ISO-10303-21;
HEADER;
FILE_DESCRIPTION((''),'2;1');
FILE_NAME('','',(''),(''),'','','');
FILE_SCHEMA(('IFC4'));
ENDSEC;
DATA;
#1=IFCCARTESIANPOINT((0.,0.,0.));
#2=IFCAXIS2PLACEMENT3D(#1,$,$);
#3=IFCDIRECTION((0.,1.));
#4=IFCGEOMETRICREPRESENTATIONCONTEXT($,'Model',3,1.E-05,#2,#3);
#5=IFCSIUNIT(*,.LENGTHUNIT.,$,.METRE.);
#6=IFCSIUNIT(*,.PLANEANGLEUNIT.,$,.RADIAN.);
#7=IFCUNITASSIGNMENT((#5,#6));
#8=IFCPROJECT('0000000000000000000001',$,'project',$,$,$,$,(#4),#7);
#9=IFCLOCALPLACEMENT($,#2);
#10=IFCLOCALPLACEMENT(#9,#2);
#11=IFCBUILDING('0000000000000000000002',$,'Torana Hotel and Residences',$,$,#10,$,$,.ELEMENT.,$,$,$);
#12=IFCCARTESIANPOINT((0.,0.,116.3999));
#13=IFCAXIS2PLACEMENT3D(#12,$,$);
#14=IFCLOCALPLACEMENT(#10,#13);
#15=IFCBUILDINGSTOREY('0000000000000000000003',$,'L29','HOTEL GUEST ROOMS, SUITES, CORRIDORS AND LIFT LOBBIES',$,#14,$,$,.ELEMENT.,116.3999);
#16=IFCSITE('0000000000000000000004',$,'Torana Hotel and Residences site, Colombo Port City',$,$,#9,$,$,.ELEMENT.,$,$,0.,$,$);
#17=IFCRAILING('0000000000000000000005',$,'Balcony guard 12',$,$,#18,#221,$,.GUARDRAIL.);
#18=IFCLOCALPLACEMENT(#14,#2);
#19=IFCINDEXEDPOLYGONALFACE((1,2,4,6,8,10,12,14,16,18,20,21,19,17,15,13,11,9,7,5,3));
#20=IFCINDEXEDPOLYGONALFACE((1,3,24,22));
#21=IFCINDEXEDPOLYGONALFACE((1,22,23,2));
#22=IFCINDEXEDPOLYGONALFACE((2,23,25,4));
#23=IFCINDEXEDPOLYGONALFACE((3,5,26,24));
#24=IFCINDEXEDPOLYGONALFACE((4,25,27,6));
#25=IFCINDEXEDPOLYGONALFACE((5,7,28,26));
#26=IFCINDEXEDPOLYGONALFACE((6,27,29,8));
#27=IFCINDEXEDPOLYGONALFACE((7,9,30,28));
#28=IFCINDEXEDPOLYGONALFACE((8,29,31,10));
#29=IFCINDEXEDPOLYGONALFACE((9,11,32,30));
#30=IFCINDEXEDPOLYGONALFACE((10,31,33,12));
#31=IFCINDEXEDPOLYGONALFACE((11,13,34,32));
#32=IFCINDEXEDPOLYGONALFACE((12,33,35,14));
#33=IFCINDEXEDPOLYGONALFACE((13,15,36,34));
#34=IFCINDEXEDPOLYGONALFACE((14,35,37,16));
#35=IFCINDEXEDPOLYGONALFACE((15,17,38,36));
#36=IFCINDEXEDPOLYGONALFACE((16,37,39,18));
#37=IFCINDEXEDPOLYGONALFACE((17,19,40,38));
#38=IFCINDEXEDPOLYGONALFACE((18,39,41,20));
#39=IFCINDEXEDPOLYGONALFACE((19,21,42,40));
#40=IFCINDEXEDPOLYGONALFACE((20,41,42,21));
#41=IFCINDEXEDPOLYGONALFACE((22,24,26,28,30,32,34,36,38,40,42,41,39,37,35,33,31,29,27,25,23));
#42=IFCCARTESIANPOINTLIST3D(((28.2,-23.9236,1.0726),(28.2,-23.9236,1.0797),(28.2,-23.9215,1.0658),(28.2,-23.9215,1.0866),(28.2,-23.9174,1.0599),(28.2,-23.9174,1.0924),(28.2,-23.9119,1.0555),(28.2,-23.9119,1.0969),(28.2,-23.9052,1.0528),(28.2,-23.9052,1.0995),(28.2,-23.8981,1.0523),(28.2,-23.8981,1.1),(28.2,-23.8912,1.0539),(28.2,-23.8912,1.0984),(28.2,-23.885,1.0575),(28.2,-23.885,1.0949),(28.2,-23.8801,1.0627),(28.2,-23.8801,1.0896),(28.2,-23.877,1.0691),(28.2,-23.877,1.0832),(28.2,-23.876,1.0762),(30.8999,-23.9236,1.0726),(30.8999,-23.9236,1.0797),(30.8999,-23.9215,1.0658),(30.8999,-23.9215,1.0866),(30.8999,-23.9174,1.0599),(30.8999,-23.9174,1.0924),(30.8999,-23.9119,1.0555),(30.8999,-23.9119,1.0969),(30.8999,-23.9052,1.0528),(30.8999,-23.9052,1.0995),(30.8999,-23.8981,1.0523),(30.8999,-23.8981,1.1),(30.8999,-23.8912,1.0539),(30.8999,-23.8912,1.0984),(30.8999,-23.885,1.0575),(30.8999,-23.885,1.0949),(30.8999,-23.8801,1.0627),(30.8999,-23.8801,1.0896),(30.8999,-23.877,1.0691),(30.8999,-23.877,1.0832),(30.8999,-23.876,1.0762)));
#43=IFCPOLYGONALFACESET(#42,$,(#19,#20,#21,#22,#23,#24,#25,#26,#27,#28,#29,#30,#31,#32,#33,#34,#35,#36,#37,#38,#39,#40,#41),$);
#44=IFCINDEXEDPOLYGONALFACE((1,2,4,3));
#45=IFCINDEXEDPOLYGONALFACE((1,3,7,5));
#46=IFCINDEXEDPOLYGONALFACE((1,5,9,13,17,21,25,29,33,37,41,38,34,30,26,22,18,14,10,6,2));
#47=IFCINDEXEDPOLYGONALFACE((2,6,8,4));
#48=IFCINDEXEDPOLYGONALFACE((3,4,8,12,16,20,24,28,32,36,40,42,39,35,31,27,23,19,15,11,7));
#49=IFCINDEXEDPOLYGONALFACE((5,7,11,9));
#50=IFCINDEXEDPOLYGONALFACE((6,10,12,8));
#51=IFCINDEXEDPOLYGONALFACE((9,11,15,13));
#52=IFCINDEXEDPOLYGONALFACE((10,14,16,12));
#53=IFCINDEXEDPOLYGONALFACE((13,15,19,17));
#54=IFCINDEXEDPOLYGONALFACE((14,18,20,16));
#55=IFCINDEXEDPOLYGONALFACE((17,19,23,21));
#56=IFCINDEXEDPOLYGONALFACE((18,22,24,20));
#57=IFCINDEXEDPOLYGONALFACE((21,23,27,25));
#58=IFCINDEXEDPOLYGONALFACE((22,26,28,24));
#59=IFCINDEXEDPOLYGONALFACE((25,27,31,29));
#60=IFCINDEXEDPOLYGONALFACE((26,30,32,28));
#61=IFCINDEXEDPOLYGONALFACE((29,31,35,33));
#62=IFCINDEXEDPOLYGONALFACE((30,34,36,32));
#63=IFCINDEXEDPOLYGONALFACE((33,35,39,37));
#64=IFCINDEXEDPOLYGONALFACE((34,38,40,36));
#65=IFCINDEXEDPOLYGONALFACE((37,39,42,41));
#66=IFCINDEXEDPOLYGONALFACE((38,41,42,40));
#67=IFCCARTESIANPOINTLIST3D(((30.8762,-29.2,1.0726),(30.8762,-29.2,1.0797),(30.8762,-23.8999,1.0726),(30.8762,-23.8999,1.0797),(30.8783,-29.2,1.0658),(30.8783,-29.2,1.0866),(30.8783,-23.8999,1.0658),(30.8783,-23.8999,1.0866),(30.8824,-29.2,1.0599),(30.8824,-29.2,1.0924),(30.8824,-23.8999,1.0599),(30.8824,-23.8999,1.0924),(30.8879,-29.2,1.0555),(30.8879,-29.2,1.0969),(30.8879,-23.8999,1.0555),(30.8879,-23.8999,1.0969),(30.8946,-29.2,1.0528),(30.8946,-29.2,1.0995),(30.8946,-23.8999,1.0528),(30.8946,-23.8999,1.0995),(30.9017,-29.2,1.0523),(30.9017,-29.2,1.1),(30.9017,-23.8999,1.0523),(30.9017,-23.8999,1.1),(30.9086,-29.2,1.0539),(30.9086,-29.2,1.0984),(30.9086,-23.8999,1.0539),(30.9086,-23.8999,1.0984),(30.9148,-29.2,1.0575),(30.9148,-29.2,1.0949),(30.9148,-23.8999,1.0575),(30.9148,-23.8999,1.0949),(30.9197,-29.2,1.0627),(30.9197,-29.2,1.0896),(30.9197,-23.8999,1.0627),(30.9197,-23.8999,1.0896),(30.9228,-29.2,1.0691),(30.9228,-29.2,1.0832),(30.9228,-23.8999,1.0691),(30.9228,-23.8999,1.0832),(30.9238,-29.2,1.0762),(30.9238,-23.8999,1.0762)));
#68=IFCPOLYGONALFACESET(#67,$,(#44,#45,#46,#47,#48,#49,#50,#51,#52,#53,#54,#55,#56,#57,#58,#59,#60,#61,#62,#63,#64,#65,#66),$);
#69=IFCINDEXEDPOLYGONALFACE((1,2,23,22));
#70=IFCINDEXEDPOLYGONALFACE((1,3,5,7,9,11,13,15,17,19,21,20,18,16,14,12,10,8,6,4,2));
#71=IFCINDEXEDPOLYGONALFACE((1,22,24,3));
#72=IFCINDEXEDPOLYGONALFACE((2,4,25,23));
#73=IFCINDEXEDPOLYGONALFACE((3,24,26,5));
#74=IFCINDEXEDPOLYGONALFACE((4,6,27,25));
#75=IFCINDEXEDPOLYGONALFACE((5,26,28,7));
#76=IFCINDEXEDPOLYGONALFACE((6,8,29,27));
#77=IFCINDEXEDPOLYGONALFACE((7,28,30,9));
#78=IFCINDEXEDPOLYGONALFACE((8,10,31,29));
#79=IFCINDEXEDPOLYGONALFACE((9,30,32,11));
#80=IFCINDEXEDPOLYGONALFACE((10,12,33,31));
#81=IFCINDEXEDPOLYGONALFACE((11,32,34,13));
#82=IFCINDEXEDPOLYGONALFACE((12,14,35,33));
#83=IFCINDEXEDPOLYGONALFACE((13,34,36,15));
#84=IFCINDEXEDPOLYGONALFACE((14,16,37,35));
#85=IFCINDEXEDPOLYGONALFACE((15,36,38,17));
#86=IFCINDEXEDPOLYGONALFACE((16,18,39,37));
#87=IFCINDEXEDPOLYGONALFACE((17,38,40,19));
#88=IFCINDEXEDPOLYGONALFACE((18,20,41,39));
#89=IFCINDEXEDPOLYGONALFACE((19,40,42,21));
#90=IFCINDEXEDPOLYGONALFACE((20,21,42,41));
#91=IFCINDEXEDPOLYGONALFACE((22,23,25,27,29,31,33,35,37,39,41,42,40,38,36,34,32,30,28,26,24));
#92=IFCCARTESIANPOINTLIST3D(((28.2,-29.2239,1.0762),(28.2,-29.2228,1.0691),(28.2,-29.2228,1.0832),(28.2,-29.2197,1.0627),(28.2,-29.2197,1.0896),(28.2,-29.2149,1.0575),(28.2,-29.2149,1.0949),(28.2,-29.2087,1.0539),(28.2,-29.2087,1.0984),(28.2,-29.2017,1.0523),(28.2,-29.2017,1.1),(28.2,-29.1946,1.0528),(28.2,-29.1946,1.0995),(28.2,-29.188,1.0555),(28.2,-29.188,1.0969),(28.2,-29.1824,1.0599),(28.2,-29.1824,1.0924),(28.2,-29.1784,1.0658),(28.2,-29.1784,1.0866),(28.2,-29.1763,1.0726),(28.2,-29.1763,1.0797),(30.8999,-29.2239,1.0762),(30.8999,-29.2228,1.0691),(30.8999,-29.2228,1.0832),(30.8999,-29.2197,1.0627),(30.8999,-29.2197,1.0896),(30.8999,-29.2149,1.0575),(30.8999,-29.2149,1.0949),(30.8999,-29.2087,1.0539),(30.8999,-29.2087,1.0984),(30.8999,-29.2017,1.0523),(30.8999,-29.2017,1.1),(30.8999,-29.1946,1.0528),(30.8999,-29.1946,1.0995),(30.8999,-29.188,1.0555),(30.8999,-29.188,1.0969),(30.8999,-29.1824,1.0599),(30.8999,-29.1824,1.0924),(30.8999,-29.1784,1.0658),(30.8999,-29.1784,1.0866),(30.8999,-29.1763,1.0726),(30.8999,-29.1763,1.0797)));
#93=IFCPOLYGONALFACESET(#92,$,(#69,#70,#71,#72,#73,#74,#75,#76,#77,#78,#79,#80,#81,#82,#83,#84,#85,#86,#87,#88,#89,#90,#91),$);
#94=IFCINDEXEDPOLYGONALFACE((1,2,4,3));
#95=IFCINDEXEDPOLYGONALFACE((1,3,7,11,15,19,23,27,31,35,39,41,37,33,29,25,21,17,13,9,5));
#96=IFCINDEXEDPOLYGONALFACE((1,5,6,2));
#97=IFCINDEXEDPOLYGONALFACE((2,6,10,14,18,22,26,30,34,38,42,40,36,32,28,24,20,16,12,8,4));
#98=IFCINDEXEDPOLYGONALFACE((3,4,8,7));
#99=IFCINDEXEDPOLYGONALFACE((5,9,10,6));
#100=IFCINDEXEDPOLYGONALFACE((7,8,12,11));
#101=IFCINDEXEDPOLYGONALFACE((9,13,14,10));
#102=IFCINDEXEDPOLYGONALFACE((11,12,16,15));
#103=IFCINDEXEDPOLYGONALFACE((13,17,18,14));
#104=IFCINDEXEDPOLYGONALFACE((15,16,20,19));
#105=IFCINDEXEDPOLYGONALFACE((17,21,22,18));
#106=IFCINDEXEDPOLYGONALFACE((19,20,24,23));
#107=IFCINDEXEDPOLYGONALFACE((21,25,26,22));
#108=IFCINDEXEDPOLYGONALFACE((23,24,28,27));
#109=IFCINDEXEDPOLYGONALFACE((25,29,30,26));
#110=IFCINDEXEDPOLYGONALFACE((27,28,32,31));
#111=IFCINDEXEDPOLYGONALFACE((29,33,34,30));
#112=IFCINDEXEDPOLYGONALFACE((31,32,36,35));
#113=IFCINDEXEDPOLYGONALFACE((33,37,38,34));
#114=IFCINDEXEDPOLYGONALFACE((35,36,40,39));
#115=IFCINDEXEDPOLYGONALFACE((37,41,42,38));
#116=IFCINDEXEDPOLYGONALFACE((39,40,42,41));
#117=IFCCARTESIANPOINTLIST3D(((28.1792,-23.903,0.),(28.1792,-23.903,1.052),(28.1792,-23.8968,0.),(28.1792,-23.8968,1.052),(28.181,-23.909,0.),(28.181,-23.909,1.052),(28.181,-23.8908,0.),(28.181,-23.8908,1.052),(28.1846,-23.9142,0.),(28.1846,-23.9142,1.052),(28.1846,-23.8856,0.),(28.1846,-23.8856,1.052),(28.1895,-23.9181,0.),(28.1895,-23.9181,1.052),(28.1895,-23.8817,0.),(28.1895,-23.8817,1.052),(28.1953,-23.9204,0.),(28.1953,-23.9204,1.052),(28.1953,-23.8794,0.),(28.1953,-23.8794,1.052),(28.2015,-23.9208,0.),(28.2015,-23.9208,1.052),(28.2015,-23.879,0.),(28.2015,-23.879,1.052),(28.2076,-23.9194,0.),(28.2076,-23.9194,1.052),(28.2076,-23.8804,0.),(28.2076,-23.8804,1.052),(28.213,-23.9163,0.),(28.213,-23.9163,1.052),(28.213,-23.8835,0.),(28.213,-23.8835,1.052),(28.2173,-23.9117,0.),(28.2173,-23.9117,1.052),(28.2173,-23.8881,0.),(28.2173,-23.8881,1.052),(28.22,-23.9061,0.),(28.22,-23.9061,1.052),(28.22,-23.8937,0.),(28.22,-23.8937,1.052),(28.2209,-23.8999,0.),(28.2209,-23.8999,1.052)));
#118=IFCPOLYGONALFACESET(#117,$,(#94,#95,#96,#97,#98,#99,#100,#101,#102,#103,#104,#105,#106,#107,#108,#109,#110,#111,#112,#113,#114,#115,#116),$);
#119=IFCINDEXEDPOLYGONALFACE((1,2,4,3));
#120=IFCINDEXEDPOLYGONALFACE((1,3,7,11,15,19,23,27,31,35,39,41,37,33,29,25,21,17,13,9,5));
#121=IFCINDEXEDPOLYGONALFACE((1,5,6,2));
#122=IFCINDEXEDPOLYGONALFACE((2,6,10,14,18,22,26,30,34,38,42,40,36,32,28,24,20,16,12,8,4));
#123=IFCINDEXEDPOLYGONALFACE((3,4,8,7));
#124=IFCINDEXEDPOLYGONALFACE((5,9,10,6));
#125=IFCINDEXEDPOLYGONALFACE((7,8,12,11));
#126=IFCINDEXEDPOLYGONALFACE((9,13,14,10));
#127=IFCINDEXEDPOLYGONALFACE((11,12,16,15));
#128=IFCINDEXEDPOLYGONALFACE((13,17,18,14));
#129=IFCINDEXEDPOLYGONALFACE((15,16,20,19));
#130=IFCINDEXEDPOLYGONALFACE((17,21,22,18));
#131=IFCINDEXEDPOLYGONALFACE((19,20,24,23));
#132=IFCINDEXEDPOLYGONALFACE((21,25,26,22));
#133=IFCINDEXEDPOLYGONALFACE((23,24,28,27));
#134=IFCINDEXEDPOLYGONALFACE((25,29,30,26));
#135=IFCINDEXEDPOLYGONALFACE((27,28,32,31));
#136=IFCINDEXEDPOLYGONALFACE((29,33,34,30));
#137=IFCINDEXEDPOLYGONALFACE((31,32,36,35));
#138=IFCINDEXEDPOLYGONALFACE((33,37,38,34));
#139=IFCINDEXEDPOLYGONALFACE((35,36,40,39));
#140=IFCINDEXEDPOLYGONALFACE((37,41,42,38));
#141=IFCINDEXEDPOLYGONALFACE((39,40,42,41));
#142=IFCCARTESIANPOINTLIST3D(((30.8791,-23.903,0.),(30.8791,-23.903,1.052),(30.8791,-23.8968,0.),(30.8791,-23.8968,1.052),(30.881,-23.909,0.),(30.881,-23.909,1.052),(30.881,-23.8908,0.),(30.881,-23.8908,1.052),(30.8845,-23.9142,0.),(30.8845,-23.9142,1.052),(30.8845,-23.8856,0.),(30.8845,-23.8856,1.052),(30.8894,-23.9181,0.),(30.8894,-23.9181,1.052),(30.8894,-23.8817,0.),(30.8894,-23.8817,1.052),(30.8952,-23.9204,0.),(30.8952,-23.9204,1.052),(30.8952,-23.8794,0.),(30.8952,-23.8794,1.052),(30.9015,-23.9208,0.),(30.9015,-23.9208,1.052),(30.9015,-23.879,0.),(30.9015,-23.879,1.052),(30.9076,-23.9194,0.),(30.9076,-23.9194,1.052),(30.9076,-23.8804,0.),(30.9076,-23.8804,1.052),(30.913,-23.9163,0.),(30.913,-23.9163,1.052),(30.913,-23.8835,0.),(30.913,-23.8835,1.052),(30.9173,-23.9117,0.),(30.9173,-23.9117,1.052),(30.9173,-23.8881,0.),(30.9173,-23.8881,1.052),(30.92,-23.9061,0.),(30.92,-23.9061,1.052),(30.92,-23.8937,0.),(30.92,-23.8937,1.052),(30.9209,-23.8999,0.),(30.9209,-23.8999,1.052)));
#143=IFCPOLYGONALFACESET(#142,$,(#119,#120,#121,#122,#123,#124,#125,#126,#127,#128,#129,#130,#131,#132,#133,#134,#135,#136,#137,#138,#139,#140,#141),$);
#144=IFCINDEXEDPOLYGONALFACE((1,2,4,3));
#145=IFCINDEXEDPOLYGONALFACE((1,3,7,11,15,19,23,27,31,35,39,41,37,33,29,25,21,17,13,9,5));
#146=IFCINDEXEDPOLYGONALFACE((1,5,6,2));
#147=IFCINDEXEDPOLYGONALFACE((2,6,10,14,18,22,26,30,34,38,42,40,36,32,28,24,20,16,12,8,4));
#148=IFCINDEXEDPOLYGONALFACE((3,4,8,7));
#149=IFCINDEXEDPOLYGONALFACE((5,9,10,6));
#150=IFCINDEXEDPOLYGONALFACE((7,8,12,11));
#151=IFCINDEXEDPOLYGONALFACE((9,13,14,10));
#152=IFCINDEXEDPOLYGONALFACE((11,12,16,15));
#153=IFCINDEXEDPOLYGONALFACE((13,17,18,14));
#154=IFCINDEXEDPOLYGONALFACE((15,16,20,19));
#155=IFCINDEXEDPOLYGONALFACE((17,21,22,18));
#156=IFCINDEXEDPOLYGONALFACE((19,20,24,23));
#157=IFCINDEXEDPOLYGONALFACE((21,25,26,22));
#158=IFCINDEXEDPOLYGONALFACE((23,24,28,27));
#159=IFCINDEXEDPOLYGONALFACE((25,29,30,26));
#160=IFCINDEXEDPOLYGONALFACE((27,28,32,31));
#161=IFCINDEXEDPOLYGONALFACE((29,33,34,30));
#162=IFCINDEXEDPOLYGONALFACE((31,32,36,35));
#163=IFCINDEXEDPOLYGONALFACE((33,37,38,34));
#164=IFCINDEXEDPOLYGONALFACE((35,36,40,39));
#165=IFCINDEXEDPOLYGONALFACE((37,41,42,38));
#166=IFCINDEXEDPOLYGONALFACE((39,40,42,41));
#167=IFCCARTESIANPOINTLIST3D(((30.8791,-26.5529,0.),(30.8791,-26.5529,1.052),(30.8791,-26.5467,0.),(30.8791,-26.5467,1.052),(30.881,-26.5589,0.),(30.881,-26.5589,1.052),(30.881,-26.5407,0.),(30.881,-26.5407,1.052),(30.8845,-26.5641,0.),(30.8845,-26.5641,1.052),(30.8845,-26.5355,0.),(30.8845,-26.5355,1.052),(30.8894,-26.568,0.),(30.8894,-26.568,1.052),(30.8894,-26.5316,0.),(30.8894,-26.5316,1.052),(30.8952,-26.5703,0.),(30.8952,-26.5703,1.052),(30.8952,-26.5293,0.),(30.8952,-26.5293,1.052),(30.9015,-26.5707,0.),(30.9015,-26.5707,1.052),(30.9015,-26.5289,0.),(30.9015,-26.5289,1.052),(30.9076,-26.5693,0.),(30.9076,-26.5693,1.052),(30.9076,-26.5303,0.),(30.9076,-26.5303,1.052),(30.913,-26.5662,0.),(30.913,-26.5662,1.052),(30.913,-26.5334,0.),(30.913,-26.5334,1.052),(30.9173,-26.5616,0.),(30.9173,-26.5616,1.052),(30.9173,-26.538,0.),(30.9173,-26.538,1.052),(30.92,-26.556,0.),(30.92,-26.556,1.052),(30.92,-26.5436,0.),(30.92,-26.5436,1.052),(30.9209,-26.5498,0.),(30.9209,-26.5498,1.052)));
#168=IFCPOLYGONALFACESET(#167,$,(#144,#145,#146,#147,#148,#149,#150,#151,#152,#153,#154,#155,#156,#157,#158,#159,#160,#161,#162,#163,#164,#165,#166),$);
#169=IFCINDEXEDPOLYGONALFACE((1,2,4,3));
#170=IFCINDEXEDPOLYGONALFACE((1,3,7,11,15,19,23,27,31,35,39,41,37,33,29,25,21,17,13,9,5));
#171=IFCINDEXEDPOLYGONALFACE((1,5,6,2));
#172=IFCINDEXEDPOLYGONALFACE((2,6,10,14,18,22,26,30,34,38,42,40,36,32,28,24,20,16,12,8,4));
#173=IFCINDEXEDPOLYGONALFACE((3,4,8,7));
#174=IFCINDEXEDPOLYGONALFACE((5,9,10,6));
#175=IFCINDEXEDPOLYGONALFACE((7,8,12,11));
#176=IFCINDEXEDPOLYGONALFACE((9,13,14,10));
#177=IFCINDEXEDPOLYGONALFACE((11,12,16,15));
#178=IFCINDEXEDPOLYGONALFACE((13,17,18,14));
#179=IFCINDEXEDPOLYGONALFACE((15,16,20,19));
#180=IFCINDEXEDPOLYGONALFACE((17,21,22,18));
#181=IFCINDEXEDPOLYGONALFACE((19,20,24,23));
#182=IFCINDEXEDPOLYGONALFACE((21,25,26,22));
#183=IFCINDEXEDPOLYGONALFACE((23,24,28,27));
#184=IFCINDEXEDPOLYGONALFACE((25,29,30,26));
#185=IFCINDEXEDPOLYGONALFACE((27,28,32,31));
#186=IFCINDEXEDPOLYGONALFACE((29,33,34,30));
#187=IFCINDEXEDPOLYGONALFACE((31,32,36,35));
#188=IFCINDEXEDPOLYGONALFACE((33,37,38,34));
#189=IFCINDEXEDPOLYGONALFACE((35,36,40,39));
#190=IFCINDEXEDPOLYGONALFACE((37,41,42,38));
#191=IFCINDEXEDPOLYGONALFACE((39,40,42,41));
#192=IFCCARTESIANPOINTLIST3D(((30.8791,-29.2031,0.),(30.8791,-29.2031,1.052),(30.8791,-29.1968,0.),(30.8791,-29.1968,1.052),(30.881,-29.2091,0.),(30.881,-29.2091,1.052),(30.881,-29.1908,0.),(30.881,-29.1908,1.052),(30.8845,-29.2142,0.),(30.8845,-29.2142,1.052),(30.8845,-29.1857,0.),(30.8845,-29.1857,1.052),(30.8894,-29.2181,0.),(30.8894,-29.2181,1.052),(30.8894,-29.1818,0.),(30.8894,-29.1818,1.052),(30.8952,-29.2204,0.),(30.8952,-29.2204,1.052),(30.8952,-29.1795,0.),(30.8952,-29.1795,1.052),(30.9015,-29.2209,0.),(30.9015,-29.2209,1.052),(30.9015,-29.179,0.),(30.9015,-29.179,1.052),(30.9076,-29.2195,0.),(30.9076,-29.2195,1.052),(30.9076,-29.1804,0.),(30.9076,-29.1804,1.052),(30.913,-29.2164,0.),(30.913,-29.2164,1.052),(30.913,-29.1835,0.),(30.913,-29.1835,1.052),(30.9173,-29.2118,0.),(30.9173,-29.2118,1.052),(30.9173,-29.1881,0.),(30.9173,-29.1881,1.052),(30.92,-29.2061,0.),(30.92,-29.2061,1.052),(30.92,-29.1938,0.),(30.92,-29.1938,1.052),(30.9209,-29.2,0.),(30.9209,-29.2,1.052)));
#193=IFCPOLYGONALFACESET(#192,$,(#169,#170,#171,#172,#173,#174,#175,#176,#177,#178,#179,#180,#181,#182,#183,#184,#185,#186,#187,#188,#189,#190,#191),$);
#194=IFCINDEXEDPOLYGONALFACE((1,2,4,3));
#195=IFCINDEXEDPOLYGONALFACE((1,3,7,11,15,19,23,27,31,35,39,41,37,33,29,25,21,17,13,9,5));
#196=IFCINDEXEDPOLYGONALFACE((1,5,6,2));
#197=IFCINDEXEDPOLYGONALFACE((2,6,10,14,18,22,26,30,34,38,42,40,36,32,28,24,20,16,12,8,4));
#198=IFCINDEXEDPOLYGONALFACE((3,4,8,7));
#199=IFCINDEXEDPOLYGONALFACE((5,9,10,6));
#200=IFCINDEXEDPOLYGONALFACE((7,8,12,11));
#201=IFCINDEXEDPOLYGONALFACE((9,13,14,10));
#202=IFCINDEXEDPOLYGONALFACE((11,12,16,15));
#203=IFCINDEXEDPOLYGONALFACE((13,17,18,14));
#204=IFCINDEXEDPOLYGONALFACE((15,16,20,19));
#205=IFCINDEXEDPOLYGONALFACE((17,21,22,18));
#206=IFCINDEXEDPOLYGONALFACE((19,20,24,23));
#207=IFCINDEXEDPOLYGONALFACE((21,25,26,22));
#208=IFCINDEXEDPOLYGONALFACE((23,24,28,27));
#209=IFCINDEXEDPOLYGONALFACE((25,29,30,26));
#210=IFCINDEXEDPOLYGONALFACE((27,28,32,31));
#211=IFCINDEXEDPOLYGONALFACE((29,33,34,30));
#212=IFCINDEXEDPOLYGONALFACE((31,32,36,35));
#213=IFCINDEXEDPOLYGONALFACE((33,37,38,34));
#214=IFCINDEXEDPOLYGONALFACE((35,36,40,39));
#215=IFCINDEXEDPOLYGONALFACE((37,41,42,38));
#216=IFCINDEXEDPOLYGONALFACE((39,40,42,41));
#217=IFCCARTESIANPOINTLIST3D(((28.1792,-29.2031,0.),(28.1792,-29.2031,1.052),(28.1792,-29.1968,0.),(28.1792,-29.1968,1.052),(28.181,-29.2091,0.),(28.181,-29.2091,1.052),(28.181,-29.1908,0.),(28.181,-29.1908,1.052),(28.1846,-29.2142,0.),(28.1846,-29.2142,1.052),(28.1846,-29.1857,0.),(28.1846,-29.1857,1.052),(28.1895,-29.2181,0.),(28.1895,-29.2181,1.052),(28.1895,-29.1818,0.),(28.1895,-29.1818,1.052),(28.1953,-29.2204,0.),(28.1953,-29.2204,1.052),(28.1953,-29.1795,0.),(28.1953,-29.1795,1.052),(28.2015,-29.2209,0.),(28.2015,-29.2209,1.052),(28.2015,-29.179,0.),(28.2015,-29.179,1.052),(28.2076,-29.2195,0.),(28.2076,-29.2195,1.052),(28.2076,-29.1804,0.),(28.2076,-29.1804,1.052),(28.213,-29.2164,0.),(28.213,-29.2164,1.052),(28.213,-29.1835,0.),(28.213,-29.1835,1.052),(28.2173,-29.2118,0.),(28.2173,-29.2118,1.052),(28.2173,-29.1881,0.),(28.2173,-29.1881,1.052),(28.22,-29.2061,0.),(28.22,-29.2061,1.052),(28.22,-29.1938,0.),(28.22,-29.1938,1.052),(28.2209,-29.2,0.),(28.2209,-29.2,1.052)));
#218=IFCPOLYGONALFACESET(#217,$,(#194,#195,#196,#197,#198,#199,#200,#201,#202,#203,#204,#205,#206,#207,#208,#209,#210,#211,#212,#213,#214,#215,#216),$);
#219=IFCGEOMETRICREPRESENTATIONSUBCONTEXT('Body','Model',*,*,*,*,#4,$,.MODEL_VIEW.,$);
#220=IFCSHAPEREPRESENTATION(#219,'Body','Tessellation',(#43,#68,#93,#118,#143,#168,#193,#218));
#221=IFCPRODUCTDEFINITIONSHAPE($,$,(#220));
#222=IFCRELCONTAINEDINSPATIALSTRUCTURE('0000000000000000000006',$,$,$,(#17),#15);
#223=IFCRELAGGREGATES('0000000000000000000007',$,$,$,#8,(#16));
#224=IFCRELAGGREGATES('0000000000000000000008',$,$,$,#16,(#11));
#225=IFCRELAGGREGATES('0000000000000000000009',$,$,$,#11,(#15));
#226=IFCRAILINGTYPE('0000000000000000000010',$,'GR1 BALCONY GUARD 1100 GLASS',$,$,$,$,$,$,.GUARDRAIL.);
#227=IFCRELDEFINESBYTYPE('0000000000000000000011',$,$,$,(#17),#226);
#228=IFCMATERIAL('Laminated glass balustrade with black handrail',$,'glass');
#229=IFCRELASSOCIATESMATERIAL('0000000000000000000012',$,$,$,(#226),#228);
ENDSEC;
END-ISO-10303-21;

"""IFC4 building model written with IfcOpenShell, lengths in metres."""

from ifc_helpers import new_model, si_unit, direction, frame, origin, origin_2d, place, context, subcontext, project, spatial, circle, extrude, material, type_object, element, save


model = new_model("IFC4")

# Units and contexts
model_context = context("Model", 3, precision=1e-05, world=origin(), true_north=direction((0.0, 1.0)))
body_context = subcontext(model_context, "Body", "Model", "MODEL_VIEW")
ifc_project = project(units=[si_unit("LENGTHUNIT", "METRE"), si_unit("PLANEANGLEUNIT", "RADIAN")], contexts=[model_context])

# Site, building, storey
site_placement = place(None, origin())
site = spatial("IfcSite", under=ifc_project, at=site_placement, Name="Torana Hotel and Residences site, Colombo Port City", CompositionType="ELEMENT", RefElevation=0.0)
building_placement = place(site_placement, origin())
building = spatial("IfcBuilding", under=site, at=building_placement, Name="Torana Hotel and Residences", CompositionType="ELEMENT")
storey_placement = place(building_placement, frame((0.0, 0.0, 116.3999)))
storey = spatial("IfcBuildingStorey", under=building, at=storey_placement, Name="L29", Description="HOTEL GUEST ROOMS, SUITES, CORRIDORS AND LIFT LOBBIES", CompositionType="ELEMENT", Elevation=116.3999)

# Railing
ifc_material_1 = material(Name="Laminated glass balustrade with black handrail", Category="glass")
railing_type = type_object("IfcRailingType", Name="GR1 BALCONY GUARD 1100 GLASS", PredefinedType="GUARDRAIL", material=ifc_material_1)
railing_1_placement = place(storey_placement, frame((28.2, -23.8999, 0.0)))
element("IfcRailing", 1, at=railing_1_placement, inside=storey, type_object=railing_type, Name="Balcony guard 12", PredefinedType="GUARDRAIL", context=body_context, shape_type="SweptSolid", body=[
    extrude(circle(Radius=0.0239, at=origin_2d()), frame((0.0, 0.0, 1.0762), z_axis=(1.0, 0.0, 0.0), x_axis=(0.0, 1.0, 0.0)), (0.0, 0.0, 1.0), 2.7),
    extrude(circle(Radius=0.0239, at=origin_2d()), frame((2.7, 0.0, 1.0762), z_axis=(0.0, -1.0, 0.0), x_axis=(1.0, 0.0, 0.0)), (0.0, 0.0, 1.0), 5.3),
    extrude(circle(Radius=0.0239, at=origin_2d()), frame((2.7, -5.3, 1.0762), z_axis=(-1.0, 0.0, 0.0), x_axis=(0.0, -1.0, 0.0)), (0.0, 0.0, 1.0), 2.7),
    extrude(circle(Radius=0.021, at=origin_2d()), origin(), (0.0, 0.0, 1.0), 1.052),
    extrude(circle(Radius=0.021, at=origin_2d()), frame((2.7, 0.0, 0.0)), (0.0, 0.0, 1.0), 1.052),
    extrude(circle(Radius=0.021, at=origin_2d()), frame((2.7, -2.6499, 0.0)), (0.0, 0.0, 1.0), 1.052),
    extrude(circle(Radius=0.021, at=origin_2d()), frame((2.7, -5.3, 0.0)), (0.0, 0.0, 1.0), 1.052),
    extrude(circle(Radius=0.021, at=origin_2d()), frame((0.0, -5.3, 0.0)), (0.0, 0.0, 1.0), 1.052),
])

save(model, "model.ifc")
